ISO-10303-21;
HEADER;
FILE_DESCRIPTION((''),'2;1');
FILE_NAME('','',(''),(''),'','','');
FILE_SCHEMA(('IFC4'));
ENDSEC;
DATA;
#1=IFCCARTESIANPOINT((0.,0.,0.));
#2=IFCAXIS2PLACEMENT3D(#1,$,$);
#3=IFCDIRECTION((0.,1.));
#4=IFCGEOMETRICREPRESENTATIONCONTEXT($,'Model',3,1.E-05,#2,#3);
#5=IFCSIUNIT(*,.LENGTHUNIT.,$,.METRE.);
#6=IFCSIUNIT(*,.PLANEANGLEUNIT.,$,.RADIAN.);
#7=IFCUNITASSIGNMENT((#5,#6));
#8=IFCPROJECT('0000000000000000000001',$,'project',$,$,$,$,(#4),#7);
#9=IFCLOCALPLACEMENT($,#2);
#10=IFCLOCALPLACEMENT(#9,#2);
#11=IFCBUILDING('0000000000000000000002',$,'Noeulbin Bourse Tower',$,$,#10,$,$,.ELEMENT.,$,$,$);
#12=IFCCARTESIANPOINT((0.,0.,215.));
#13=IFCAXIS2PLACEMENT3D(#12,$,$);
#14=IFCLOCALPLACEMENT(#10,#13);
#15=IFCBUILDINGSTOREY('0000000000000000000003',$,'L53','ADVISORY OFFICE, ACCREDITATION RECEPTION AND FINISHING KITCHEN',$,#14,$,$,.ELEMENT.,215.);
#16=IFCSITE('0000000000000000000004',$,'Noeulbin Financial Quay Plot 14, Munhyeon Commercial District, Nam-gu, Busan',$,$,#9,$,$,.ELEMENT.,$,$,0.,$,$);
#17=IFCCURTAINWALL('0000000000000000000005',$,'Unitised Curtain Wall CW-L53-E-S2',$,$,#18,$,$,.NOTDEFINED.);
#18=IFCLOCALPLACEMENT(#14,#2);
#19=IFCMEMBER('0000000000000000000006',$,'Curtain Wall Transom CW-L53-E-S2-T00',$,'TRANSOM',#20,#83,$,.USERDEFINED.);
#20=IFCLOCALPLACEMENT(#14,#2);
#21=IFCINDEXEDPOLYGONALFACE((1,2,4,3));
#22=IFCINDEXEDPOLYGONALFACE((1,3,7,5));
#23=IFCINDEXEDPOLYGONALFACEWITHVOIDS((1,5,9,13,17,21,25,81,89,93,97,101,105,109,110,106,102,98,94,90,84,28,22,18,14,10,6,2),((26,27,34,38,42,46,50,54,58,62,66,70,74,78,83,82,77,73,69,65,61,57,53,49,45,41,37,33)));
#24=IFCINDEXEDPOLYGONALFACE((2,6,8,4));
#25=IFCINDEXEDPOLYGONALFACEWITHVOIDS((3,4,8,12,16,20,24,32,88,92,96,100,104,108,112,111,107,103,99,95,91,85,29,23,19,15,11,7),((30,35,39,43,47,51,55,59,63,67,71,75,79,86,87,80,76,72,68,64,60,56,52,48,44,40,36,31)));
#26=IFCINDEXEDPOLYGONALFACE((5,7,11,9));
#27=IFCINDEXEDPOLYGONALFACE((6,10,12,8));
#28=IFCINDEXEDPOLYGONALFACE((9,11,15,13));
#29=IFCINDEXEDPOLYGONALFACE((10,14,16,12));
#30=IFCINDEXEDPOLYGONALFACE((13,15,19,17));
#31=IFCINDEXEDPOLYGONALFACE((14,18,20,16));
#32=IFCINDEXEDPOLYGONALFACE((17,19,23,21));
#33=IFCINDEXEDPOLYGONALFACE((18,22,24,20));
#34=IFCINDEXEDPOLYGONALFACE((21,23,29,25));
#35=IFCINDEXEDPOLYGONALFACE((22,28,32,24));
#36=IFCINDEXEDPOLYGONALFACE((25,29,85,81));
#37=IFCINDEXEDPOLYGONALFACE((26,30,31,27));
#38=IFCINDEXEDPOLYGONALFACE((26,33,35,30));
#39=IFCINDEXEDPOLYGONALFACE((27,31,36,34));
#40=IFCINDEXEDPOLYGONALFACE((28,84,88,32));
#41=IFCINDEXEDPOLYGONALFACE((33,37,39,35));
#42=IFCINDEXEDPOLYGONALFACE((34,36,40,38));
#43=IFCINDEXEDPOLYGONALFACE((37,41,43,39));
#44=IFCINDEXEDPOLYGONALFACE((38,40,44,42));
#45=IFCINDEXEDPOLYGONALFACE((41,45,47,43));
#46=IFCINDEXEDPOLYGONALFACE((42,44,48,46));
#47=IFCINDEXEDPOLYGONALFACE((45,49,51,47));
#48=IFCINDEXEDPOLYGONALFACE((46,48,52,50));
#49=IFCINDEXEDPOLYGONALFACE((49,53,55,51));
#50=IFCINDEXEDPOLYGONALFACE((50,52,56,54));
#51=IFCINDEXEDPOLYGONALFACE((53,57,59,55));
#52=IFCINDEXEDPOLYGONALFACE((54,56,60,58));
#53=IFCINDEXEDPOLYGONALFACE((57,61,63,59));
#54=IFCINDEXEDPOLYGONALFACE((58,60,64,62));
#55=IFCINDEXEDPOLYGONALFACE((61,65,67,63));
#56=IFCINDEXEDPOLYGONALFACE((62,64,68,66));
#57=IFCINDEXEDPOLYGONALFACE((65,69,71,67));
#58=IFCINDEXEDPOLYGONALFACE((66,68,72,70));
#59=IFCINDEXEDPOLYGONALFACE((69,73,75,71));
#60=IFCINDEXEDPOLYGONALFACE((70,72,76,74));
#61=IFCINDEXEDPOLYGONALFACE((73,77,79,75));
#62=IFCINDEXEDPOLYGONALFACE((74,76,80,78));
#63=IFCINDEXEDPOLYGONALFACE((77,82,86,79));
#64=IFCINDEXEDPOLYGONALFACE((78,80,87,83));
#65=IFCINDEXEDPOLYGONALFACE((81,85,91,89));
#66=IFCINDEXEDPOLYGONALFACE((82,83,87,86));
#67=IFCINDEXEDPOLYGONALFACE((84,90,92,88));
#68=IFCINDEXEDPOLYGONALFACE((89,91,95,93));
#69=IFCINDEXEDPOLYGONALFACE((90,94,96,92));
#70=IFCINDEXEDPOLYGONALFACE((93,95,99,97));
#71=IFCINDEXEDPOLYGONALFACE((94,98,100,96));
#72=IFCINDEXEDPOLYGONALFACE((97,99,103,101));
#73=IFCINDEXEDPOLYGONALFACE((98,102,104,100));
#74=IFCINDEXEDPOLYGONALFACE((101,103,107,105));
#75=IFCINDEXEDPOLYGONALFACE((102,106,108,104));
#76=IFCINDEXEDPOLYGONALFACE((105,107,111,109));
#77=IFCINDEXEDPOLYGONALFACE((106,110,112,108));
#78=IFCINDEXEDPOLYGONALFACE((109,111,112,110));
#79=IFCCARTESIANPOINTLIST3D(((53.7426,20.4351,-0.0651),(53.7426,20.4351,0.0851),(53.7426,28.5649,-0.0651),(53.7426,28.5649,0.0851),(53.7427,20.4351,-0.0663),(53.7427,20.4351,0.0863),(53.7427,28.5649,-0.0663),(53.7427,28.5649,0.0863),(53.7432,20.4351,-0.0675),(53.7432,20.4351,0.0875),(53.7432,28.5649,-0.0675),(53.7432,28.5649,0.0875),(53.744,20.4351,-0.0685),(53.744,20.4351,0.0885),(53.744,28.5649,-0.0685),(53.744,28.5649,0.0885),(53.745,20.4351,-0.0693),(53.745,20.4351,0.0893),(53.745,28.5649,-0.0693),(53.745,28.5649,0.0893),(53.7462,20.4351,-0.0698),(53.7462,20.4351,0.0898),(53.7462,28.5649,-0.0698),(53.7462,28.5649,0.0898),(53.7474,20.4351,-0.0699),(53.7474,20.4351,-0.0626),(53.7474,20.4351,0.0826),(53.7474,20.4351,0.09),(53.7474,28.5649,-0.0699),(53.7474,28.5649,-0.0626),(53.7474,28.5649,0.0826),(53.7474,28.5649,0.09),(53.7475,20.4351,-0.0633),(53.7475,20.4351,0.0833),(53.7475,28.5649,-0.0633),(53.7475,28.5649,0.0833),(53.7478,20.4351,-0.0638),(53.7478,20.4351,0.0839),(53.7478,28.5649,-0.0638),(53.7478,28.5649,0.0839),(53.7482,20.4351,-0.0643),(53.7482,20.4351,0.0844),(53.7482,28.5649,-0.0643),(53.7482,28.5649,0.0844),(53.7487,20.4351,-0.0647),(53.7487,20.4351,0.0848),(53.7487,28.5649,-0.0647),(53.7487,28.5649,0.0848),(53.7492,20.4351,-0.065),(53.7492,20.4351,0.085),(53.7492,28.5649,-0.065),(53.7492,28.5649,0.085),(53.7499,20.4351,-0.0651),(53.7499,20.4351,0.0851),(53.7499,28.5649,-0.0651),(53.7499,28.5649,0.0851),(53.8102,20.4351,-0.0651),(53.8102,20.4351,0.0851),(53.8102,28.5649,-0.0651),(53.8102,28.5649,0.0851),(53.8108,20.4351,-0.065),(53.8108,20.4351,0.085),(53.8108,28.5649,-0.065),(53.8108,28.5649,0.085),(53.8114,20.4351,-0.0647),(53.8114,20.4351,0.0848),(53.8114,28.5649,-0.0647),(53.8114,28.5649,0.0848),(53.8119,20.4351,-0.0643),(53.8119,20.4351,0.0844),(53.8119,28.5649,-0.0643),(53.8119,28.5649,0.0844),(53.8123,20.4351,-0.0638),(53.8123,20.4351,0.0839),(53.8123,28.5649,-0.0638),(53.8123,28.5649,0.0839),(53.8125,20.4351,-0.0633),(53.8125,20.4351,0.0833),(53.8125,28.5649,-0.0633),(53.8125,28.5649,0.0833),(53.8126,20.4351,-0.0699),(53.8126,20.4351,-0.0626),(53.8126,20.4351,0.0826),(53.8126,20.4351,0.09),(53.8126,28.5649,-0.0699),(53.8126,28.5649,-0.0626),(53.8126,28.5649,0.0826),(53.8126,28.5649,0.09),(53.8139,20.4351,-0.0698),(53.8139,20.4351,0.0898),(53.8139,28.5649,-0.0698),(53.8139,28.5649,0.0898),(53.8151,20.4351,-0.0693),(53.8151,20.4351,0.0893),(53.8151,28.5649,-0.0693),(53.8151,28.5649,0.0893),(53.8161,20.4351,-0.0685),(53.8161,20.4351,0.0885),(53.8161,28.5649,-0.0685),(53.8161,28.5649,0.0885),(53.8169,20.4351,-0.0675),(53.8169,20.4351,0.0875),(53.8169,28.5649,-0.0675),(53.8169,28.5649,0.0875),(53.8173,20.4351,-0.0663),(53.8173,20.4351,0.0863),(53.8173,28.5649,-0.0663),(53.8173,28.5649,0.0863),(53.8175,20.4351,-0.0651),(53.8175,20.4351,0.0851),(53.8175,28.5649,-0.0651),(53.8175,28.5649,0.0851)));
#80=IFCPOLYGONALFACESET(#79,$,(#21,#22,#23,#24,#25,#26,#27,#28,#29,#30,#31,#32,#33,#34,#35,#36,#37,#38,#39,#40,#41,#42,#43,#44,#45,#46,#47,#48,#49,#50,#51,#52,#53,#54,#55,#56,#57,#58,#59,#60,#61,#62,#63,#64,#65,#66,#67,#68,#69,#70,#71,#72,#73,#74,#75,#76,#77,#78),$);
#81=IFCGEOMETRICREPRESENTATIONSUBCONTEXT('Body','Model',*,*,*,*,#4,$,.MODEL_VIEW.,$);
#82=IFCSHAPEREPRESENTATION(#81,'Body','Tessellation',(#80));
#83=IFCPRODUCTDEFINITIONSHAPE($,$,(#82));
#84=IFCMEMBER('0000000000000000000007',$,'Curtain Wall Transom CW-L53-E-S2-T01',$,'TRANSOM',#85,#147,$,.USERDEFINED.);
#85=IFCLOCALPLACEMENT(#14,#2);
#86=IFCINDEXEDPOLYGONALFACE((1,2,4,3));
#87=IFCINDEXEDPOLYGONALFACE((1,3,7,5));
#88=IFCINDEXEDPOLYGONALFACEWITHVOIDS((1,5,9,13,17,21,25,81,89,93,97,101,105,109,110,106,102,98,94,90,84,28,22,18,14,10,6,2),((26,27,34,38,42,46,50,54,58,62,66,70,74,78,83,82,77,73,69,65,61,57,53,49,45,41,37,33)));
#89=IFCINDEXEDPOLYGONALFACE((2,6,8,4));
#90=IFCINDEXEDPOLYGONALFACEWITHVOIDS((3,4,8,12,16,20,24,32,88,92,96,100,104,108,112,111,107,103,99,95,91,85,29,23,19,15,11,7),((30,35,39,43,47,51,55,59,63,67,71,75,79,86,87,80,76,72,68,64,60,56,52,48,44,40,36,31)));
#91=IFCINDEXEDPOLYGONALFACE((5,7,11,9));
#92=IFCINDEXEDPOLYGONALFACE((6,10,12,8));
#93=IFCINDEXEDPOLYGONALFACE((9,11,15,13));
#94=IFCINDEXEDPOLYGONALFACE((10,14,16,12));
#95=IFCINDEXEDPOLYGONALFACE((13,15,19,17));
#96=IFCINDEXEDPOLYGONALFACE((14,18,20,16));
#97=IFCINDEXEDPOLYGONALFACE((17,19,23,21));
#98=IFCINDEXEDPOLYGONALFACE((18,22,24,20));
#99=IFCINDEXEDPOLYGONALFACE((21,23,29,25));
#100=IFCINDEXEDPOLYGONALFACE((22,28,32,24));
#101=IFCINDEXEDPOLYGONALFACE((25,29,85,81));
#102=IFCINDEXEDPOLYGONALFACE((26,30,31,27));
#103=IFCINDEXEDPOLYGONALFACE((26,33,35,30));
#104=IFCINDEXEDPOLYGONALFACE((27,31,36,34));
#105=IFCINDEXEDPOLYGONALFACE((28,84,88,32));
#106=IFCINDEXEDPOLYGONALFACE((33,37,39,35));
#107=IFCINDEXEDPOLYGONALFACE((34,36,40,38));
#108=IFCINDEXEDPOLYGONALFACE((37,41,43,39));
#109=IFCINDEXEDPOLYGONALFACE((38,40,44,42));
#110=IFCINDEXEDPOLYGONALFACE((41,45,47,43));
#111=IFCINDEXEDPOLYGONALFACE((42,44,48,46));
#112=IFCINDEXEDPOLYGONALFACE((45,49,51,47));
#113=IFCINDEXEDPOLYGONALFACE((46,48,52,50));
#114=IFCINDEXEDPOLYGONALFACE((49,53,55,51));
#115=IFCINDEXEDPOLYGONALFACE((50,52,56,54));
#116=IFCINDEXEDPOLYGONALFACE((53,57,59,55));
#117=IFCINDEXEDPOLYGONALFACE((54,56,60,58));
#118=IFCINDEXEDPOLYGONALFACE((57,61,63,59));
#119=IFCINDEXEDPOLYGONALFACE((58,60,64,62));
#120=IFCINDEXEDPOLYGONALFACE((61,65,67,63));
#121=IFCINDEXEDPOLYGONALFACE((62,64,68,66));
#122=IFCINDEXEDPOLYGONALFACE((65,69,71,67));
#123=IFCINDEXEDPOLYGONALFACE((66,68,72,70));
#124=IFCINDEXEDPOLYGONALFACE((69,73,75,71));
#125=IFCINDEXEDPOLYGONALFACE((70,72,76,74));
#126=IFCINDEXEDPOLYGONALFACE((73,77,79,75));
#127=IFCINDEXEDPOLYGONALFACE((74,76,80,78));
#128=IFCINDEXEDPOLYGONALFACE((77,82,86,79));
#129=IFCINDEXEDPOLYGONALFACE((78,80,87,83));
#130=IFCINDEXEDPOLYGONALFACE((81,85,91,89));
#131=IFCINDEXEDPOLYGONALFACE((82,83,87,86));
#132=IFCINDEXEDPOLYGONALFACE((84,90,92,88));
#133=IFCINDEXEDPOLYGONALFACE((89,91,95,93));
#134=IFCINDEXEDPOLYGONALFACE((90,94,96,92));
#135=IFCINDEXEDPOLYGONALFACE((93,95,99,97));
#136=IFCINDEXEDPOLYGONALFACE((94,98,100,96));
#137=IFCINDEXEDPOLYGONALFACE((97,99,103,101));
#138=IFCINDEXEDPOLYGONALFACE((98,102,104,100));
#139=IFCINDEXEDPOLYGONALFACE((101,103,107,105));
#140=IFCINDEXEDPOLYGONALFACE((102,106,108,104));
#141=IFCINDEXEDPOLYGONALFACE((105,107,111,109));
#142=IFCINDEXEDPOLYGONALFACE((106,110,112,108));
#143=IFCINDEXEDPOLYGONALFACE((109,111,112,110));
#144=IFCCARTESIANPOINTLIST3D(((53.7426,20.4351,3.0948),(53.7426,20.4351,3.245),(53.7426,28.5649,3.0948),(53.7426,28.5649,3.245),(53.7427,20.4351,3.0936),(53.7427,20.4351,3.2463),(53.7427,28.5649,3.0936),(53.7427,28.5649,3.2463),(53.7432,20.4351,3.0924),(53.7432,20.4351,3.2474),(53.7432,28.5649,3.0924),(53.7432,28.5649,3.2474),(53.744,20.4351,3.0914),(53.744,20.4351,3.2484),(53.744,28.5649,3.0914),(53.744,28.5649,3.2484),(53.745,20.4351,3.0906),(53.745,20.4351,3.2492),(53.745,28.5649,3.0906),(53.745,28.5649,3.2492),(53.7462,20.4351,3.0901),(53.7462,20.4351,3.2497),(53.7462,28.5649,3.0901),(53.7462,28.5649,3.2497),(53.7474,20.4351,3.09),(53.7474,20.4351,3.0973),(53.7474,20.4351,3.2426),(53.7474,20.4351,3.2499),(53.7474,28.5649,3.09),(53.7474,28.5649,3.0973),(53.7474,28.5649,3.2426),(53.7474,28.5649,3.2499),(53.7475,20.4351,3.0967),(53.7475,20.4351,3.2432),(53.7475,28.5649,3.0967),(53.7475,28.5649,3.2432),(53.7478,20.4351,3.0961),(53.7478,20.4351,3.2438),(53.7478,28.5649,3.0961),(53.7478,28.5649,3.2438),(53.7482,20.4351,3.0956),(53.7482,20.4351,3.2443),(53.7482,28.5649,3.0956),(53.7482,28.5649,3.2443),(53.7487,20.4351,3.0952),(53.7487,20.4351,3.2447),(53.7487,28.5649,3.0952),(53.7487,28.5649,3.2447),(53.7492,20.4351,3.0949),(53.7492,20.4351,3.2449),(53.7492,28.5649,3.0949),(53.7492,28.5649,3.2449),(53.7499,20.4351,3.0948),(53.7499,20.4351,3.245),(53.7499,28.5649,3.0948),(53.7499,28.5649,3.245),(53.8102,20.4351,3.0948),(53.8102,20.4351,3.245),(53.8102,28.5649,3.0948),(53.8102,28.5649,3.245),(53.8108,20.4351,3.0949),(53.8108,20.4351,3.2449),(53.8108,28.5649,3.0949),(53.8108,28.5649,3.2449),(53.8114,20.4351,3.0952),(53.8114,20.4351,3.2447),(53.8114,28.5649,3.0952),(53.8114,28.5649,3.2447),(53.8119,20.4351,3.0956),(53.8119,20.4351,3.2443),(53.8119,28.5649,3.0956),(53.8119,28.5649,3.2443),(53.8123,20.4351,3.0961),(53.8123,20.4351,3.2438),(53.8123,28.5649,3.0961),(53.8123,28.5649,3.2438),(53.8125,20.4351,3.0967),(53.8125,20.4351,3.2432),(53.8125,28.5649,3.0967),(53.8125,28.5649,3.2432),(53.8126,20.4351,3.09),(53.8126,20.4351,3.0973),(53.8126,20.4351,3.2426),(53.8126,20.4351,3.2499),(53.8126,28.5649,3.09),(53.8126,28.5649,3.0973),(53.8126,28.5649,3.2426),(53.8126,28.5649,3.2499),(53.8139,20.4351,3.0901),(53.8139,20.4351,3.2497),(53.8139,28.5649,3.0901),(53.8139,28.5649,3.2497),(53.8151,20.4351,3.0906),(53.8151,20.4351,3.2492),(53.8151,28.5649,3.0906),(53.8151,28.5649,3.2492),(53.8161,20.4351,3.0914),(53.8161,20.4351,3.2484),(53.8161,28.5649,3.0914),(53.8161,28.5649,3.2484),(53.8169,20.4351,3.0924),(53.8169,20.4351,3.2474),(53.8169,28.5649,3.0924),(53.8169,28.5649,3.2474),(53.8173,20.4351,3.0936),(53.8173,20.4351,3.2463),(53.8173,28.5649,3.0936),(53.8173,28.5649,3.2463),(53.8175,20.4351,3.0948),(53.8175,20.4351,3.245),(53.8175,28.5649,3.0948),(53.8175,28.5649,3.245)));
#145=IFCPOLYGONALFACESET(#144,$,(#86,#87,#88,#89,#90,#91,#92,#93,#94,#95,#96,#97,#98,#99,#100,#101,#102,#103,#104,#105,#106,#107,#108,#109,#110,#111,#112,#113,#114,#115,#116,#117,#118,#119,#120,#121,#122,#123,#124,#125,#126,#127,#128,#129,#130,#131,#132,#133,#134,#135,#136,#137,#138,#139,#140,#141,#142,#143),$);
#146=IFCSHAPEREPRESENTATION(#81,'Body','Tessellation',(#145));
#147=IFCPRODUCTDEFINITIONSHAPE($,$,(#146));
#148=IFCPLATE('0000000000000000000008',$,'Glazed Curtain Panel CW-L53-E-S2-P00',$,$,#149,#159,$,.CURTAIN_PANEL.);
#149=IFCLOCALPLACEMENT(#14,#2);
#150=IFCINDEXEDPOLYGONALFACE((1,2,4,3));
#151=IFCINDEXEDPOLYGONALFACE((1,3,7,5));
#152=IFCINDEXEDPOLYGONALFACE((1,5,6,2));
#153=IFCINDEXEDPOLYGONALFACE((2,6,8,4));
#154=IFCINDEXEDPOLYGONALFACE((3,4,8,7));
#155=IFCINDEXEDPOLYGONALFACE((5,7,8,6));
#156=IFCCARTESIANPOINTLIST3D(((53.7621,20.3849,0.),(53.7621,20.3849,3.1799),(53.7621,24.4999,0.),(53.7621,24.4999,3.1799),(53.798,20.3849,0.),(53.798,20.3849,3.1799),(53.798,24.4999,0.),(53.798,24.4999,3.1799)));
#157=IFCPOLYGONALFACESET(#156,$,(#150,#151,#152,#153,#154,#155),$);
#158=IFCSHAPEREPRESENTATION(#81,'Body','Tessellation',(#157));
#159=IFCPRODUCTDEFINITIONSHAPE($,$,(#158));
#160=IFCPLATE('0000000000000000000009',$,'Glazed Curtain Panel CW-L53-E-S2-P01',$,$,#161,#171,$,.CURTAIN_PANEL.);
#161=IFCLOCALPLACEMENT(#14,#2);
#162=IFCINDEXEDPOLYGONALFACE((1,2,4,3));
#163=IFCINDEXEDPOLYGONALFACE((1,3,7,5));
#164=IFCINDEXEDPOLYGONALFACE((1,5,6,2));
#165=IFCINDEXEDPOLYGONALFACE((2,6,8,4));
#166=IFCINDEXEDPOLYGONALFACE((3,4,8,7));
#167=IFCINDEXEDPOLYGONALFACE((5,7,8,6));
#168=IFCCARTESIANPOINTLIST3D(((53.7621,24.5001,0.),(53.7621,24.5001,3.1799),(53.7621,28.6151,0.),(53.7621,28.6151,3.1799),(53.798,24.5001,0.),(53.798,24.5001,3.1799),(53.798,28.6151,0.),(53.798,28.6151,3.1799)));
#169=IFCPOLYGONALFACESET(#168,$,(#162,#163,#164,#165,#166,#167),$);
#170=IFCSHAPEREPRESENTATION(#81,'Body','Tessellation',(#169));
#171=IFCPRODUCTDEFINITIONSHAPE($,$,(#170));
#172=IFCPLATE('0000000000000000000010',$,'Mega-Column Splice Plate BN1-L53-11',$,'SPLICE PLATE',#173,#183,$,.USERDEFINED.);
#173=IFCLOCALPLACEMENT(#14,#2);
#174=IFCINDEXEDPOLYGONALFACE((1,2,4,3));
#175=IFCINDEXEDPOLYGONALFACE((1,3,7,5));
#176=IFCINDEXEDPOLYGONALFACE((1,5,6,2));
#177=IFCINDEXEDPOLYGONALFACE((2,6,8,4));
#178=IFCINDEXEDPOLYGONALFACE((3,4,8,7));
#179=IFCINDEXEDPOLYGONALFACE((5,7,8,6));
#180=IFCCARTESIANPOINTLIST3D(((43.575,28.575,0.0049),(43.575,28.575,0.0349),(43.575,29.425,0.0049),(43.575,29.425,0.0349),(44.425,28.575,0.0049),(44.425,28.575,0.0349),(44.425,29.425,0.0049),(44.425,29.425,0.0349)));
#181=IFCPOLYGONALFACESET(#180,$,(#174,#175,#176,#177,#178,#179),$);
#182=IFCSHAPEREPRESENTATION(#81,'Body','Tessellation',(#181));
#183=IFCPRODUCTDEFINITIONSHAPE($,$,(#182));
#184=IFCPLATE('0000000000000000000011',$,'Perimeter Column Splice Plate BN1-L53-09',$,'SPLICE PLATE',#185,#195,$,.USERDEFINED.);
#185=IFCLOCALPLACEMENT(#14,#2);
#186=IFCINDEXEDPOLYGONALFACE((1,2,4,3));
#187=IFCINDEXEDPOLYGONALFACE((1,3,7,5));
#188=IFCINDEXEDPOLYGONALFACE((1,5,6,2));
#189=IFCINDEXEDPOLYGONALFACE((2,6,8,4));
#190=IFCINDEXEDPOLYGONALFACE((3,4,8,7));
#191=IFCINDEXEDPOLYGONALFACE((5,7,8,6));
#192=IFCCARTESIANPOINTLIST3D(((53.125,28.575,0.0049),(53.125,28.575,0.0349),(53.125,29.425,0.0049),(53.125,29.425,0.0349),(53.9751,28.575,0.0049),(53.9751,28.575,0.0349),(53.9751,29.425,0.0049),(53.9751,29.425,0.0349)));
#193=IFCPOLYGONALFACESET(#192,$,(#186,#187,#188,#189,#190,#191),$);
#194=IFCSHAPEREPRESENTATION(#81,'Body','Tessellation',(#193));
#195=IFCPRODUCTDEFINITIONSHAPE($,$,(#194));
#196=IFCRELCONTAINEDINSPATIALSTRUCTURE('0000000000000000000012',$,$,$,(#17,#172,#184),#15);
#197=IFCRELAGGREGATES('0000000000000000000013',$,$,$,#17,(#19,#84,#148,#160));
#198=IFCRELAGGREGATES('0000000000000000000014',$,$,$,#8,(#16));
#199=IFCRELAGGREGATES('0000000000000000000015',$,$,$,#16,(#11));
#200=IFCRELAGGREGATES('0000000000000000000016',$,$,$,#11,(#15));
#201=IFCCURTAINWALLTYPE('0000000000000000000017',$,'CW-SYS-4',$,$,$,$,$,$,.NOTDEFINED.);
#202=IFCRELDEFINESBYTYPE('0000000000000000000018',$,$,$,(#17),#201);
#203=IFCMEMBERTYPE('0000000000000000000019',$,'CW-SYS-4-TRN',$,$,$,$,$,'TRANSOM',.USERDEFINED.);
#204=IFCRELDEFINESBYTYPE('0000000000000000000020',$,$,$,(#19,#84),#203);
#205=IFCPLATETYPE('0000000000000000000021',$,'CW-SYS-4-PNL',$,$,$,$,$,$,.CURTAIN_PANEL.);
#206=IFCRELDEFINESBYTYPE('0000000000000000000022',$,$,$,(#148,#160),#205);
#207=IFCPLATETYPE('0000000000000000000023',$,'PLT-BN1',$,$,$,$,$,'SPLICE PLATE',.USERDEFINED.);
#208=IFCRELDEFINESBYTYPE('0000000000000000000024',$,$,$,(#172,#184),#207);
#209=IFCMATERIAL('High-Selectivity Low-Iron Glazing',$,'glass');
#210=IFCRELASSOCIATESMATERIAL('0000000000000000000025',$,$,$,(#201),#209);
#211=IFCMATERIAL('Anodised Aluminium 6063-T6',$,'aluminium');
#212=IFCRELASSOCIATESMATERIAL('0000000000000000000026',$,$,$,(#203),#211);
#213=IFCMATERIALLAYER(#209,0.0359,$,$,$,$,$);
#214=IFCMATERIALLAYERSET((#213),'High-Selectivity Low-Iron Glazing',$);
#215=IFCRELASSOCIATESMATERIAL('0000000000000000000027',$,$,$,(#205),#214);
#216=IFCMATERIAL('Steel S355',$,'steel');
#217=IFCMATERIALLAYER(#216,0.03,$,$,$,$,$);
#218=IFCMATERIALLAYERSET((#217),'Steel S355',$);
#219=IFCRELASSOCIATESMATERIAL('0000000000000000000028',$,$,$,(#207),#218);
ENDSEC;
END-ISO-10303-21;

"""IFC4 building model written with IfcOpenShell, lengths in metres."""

from ifc_helpers import new_model, si_unit, direction, frame, origin, origin_2d, place, context, subcontext, project, spatial, rectangle, hollow_rectangle, extrude, material, layer, layer_set, material_profile, profile_set, type_object, element, aggregate, save


model = new_model("IFC4")

# Units and contexts
model_context = context("Model", 3, precision=1e-05, world=origin(), true_north=direction((0.0, 1.0)))
body_context = subcontext(model_context, "Body", "Model", "MODEL_VIEW")
ifc_project = project(units=[si_unit("LENGTHUNIT", "METRE"), si_unit("PLANEANGLEUNIT", "RADIAN")], contexts=[model_context])

# Site, building, storey
site_placement = place(None, origin())
site = spatial("IfcSite", under=ifc_project, at=site_placement, Name="Noeulbin Financial Quay Plot 14, Munhyeon Commercial District, Nam-gu, Busan", CompositionType="ELEMENT", RefElevation=0.0)
building_placement = place(site_placement, origin())
building = spatial("IfcBuilding", under=site, at=building_placement, Name="Noeulbin Bourse Tower", CompositionType="ELEMENT")
storey_placement = place(building_placement, frame((0.0, 0.0, 215.0)))
storey = spatial("IfcBuildingStorey", under=building, at=storey_placement, Name="L53", Description="ADVISORY OFFICE, ACCREDITATION RECEPTION AND FINISHING KITCHEN", CompositionType="ELEMENT", Elevation=215.0)

# Shared definitions
ifc_material_1 = material(Name="Steel S355", Category="steel")

# Curtain wall
ifc_material_2 = material(Name="High-Selectivity Low-Iron Glazing", Category="glass")
curtain_wall_type = type_object("IfcCurtainWallType", Name="CW-SYS-4", PredefinedType="NOTDEFINED", material=ifc_material_2)
curtain_wall_1_placement = place(storey_placement, origin())
curtain_wall_1 = element("IfcCurtainWall", 1, at=curtain_wall_1_placement, inside=storey, type_object=curtain_wall_type, Name="Unitised Curtain Wall CW-L53-E-S2", PredefinedType="NOTDEFINED")
ifc_material_3 = material(Name="Anodised Aluminium 6063-T6", Category="aluminium")

# Members
ifc_material_profile_1 = material_profile(ifc_material_3, hollow_rectangle(XDim=0.075, YDim=0.1599, WallThickness=0.0049, InnerFilletRadius=0.0024, OuterFilletRadius=0.0049, at=origin_2d()), Name="ALU-TRAN-75x160x5", Category="LoadBearing")
ifc_profile_set_1 = profile_set([ifc_material_profile_1], Name="Anodised Aluminium 6063-T6")
member_type_1 = type_object("IfcMemberType", Name="CW-SYS-4-TRN", ElementType="TRANSOM", PredefinedType="USERDEFINED", material=ifc_profile_set_1)
member_1_placement = place(storey_placement, frame((53.78, 20.4351, 0.01), z_axis=(0.0, 1.0, 0.0), x_axis=(-1.0, 0.0, 0.0)))
member_1 = element("IfcMember", 2, at=member_1_placement, type_object=member_type_1, Name="Curtain Wall Transom CW-L53-E-S2-T00", ObjectType="TRANSOM", PredefinedType="USERDEFINED", context=body_context, shape_type="SweptSolid", body=[
    extrude(hollow_rectangle(XDim=0.075, YDim=0.1599, WallThickness=0.0049, InnerFilletRadius=0.0024, OuterFilletRadius=0.0049, at=origin_2d()), origin(), (0.0, 0.0, 1.0), 8.1299),
])
member_2_placement = place(storey_placement, frame((53.78, 20.4351, 3.1699), z_axis=(0.0, 1.0, 0.0), x_axis=(-1.0, 0.0, 0.0)))
member_2 = element("IfcMember", 3, at=member_2_placement, type_object=member_type_1, Name="Curtain Wall Transom CW-L53-E-S2-T01", ObjectType="TRANSOM", PredefinedType="USERDEFINED", context=body_context, shape_type="SweptSolid", body=[
    extrude(hollow_rectangle(XDim=0.075, YDim=0.1599, WallThickness=0.0049, InnerFilletRadius=0.0024, OuterFilletRadius=0.0049, at=origin_2d()), origin(), (0.0, 0.0, 1.0), 8.1299),
])

# Plates
ifc_layer_1 = layer(ifc_material_2, 0.0359)
ifc_layer_set_1 = layer_set([ifc_layer_1], Name="High-Selectivity Low-Iron Glazing")
plate_type_1 = type_object("IfcPlateType", Name="CW-SYS-4-PNL", PredefinedType="CURTAIN_PANEL", material=ifc_layer_set_1)
plate_1_placement = place(storey_placement, frame((53.78, 22.4424, 0.0), z_axis=(0.0, 0.0, 1.0), x_axis=(0.0, 1.0, 0.0)))
plate_1 = element("IfcPlate", 4, at=plate_1_placement, type_object=plate_type_1, Name="Glazed Curtain Panel CW-L53-E-S2-P00", PredefinedType="CURTAIN_PANEL", context=body_context, shape_type="SweptSolid", body=[
    extrude(rectangle(XDim=4.115, YDim=0.0359, at=origin_2d()), origin(), (0.0, 0.0, 1.0), 3.1799),
])
plate_2_placement = place(storey_placement, frame((53.78, 26.5576, 0.0), z_axis=(0.0, 0.0, 1.0), x_axis=(0.0, 1.0, 0.0)))
plate_2 = element("IfcPlate", 5, at=plate_2_placement, type_object=plate_type_1, Name="Glazed Curtain Panel CW-L53-E-S2-P01", PredefinedType="CURTAIN_PANEL", context=body_context, shape_type="SweptSolid", body=[
    extrude(rectangle(XDim=4.115, YDim=0.0359, at=origin_2d()), origin(), (0.0, 0.0, 1.0), 3.1799),
])
aggregate(curtain_wall_1, [member_1, member_2, plate_1, plate_2])

# Plates
ifc_layer_2 = layer(ifc_material_1, 0.03)
ifc_layer_set_2 = layer_set([ifc_layer_2], Name="Steel S355")
plate_type_2 = type_object("IfcPlateType", Name="PLT-BN1", ElementType="SPLICE PLATE", PredefinedType="USERDEFINED", material=ifc_layer_set_2)
for number, where, z_axis, x_axis, name in (
    (6, (44.0, 29.0, 0.0049), (0.0, 0.0, 1.0), (1.0, 0.0, 0.0), "Mega-Column Splice Plate BN1-L53-11"),
    (7, (53.55, 29.0, 0.0049), (0.0, 0.0, 1.0), (1.0, 0.0, 0.0), "Perimeter Column Splice Plate BN1-L53-09"),
):
    element("IfcPlate", number, at=place(storey_placement, frame(where, z_axis=z_axis, x_axis=x_axis)), inside=storey, type_object=plate_type_2, Name=name, ObjectType="SPLICE PLATE", PredefinedType="USERDEFINED", context=body_context, shape_type="SweptSolid", body=[
        extrude(rectangle(XDim=0.8501, YDim=0.8501, at=origin_2d()), origin(), (0.0, 0.0, 1.0), 0.03),
    ])

save(model, "model.ifc")
